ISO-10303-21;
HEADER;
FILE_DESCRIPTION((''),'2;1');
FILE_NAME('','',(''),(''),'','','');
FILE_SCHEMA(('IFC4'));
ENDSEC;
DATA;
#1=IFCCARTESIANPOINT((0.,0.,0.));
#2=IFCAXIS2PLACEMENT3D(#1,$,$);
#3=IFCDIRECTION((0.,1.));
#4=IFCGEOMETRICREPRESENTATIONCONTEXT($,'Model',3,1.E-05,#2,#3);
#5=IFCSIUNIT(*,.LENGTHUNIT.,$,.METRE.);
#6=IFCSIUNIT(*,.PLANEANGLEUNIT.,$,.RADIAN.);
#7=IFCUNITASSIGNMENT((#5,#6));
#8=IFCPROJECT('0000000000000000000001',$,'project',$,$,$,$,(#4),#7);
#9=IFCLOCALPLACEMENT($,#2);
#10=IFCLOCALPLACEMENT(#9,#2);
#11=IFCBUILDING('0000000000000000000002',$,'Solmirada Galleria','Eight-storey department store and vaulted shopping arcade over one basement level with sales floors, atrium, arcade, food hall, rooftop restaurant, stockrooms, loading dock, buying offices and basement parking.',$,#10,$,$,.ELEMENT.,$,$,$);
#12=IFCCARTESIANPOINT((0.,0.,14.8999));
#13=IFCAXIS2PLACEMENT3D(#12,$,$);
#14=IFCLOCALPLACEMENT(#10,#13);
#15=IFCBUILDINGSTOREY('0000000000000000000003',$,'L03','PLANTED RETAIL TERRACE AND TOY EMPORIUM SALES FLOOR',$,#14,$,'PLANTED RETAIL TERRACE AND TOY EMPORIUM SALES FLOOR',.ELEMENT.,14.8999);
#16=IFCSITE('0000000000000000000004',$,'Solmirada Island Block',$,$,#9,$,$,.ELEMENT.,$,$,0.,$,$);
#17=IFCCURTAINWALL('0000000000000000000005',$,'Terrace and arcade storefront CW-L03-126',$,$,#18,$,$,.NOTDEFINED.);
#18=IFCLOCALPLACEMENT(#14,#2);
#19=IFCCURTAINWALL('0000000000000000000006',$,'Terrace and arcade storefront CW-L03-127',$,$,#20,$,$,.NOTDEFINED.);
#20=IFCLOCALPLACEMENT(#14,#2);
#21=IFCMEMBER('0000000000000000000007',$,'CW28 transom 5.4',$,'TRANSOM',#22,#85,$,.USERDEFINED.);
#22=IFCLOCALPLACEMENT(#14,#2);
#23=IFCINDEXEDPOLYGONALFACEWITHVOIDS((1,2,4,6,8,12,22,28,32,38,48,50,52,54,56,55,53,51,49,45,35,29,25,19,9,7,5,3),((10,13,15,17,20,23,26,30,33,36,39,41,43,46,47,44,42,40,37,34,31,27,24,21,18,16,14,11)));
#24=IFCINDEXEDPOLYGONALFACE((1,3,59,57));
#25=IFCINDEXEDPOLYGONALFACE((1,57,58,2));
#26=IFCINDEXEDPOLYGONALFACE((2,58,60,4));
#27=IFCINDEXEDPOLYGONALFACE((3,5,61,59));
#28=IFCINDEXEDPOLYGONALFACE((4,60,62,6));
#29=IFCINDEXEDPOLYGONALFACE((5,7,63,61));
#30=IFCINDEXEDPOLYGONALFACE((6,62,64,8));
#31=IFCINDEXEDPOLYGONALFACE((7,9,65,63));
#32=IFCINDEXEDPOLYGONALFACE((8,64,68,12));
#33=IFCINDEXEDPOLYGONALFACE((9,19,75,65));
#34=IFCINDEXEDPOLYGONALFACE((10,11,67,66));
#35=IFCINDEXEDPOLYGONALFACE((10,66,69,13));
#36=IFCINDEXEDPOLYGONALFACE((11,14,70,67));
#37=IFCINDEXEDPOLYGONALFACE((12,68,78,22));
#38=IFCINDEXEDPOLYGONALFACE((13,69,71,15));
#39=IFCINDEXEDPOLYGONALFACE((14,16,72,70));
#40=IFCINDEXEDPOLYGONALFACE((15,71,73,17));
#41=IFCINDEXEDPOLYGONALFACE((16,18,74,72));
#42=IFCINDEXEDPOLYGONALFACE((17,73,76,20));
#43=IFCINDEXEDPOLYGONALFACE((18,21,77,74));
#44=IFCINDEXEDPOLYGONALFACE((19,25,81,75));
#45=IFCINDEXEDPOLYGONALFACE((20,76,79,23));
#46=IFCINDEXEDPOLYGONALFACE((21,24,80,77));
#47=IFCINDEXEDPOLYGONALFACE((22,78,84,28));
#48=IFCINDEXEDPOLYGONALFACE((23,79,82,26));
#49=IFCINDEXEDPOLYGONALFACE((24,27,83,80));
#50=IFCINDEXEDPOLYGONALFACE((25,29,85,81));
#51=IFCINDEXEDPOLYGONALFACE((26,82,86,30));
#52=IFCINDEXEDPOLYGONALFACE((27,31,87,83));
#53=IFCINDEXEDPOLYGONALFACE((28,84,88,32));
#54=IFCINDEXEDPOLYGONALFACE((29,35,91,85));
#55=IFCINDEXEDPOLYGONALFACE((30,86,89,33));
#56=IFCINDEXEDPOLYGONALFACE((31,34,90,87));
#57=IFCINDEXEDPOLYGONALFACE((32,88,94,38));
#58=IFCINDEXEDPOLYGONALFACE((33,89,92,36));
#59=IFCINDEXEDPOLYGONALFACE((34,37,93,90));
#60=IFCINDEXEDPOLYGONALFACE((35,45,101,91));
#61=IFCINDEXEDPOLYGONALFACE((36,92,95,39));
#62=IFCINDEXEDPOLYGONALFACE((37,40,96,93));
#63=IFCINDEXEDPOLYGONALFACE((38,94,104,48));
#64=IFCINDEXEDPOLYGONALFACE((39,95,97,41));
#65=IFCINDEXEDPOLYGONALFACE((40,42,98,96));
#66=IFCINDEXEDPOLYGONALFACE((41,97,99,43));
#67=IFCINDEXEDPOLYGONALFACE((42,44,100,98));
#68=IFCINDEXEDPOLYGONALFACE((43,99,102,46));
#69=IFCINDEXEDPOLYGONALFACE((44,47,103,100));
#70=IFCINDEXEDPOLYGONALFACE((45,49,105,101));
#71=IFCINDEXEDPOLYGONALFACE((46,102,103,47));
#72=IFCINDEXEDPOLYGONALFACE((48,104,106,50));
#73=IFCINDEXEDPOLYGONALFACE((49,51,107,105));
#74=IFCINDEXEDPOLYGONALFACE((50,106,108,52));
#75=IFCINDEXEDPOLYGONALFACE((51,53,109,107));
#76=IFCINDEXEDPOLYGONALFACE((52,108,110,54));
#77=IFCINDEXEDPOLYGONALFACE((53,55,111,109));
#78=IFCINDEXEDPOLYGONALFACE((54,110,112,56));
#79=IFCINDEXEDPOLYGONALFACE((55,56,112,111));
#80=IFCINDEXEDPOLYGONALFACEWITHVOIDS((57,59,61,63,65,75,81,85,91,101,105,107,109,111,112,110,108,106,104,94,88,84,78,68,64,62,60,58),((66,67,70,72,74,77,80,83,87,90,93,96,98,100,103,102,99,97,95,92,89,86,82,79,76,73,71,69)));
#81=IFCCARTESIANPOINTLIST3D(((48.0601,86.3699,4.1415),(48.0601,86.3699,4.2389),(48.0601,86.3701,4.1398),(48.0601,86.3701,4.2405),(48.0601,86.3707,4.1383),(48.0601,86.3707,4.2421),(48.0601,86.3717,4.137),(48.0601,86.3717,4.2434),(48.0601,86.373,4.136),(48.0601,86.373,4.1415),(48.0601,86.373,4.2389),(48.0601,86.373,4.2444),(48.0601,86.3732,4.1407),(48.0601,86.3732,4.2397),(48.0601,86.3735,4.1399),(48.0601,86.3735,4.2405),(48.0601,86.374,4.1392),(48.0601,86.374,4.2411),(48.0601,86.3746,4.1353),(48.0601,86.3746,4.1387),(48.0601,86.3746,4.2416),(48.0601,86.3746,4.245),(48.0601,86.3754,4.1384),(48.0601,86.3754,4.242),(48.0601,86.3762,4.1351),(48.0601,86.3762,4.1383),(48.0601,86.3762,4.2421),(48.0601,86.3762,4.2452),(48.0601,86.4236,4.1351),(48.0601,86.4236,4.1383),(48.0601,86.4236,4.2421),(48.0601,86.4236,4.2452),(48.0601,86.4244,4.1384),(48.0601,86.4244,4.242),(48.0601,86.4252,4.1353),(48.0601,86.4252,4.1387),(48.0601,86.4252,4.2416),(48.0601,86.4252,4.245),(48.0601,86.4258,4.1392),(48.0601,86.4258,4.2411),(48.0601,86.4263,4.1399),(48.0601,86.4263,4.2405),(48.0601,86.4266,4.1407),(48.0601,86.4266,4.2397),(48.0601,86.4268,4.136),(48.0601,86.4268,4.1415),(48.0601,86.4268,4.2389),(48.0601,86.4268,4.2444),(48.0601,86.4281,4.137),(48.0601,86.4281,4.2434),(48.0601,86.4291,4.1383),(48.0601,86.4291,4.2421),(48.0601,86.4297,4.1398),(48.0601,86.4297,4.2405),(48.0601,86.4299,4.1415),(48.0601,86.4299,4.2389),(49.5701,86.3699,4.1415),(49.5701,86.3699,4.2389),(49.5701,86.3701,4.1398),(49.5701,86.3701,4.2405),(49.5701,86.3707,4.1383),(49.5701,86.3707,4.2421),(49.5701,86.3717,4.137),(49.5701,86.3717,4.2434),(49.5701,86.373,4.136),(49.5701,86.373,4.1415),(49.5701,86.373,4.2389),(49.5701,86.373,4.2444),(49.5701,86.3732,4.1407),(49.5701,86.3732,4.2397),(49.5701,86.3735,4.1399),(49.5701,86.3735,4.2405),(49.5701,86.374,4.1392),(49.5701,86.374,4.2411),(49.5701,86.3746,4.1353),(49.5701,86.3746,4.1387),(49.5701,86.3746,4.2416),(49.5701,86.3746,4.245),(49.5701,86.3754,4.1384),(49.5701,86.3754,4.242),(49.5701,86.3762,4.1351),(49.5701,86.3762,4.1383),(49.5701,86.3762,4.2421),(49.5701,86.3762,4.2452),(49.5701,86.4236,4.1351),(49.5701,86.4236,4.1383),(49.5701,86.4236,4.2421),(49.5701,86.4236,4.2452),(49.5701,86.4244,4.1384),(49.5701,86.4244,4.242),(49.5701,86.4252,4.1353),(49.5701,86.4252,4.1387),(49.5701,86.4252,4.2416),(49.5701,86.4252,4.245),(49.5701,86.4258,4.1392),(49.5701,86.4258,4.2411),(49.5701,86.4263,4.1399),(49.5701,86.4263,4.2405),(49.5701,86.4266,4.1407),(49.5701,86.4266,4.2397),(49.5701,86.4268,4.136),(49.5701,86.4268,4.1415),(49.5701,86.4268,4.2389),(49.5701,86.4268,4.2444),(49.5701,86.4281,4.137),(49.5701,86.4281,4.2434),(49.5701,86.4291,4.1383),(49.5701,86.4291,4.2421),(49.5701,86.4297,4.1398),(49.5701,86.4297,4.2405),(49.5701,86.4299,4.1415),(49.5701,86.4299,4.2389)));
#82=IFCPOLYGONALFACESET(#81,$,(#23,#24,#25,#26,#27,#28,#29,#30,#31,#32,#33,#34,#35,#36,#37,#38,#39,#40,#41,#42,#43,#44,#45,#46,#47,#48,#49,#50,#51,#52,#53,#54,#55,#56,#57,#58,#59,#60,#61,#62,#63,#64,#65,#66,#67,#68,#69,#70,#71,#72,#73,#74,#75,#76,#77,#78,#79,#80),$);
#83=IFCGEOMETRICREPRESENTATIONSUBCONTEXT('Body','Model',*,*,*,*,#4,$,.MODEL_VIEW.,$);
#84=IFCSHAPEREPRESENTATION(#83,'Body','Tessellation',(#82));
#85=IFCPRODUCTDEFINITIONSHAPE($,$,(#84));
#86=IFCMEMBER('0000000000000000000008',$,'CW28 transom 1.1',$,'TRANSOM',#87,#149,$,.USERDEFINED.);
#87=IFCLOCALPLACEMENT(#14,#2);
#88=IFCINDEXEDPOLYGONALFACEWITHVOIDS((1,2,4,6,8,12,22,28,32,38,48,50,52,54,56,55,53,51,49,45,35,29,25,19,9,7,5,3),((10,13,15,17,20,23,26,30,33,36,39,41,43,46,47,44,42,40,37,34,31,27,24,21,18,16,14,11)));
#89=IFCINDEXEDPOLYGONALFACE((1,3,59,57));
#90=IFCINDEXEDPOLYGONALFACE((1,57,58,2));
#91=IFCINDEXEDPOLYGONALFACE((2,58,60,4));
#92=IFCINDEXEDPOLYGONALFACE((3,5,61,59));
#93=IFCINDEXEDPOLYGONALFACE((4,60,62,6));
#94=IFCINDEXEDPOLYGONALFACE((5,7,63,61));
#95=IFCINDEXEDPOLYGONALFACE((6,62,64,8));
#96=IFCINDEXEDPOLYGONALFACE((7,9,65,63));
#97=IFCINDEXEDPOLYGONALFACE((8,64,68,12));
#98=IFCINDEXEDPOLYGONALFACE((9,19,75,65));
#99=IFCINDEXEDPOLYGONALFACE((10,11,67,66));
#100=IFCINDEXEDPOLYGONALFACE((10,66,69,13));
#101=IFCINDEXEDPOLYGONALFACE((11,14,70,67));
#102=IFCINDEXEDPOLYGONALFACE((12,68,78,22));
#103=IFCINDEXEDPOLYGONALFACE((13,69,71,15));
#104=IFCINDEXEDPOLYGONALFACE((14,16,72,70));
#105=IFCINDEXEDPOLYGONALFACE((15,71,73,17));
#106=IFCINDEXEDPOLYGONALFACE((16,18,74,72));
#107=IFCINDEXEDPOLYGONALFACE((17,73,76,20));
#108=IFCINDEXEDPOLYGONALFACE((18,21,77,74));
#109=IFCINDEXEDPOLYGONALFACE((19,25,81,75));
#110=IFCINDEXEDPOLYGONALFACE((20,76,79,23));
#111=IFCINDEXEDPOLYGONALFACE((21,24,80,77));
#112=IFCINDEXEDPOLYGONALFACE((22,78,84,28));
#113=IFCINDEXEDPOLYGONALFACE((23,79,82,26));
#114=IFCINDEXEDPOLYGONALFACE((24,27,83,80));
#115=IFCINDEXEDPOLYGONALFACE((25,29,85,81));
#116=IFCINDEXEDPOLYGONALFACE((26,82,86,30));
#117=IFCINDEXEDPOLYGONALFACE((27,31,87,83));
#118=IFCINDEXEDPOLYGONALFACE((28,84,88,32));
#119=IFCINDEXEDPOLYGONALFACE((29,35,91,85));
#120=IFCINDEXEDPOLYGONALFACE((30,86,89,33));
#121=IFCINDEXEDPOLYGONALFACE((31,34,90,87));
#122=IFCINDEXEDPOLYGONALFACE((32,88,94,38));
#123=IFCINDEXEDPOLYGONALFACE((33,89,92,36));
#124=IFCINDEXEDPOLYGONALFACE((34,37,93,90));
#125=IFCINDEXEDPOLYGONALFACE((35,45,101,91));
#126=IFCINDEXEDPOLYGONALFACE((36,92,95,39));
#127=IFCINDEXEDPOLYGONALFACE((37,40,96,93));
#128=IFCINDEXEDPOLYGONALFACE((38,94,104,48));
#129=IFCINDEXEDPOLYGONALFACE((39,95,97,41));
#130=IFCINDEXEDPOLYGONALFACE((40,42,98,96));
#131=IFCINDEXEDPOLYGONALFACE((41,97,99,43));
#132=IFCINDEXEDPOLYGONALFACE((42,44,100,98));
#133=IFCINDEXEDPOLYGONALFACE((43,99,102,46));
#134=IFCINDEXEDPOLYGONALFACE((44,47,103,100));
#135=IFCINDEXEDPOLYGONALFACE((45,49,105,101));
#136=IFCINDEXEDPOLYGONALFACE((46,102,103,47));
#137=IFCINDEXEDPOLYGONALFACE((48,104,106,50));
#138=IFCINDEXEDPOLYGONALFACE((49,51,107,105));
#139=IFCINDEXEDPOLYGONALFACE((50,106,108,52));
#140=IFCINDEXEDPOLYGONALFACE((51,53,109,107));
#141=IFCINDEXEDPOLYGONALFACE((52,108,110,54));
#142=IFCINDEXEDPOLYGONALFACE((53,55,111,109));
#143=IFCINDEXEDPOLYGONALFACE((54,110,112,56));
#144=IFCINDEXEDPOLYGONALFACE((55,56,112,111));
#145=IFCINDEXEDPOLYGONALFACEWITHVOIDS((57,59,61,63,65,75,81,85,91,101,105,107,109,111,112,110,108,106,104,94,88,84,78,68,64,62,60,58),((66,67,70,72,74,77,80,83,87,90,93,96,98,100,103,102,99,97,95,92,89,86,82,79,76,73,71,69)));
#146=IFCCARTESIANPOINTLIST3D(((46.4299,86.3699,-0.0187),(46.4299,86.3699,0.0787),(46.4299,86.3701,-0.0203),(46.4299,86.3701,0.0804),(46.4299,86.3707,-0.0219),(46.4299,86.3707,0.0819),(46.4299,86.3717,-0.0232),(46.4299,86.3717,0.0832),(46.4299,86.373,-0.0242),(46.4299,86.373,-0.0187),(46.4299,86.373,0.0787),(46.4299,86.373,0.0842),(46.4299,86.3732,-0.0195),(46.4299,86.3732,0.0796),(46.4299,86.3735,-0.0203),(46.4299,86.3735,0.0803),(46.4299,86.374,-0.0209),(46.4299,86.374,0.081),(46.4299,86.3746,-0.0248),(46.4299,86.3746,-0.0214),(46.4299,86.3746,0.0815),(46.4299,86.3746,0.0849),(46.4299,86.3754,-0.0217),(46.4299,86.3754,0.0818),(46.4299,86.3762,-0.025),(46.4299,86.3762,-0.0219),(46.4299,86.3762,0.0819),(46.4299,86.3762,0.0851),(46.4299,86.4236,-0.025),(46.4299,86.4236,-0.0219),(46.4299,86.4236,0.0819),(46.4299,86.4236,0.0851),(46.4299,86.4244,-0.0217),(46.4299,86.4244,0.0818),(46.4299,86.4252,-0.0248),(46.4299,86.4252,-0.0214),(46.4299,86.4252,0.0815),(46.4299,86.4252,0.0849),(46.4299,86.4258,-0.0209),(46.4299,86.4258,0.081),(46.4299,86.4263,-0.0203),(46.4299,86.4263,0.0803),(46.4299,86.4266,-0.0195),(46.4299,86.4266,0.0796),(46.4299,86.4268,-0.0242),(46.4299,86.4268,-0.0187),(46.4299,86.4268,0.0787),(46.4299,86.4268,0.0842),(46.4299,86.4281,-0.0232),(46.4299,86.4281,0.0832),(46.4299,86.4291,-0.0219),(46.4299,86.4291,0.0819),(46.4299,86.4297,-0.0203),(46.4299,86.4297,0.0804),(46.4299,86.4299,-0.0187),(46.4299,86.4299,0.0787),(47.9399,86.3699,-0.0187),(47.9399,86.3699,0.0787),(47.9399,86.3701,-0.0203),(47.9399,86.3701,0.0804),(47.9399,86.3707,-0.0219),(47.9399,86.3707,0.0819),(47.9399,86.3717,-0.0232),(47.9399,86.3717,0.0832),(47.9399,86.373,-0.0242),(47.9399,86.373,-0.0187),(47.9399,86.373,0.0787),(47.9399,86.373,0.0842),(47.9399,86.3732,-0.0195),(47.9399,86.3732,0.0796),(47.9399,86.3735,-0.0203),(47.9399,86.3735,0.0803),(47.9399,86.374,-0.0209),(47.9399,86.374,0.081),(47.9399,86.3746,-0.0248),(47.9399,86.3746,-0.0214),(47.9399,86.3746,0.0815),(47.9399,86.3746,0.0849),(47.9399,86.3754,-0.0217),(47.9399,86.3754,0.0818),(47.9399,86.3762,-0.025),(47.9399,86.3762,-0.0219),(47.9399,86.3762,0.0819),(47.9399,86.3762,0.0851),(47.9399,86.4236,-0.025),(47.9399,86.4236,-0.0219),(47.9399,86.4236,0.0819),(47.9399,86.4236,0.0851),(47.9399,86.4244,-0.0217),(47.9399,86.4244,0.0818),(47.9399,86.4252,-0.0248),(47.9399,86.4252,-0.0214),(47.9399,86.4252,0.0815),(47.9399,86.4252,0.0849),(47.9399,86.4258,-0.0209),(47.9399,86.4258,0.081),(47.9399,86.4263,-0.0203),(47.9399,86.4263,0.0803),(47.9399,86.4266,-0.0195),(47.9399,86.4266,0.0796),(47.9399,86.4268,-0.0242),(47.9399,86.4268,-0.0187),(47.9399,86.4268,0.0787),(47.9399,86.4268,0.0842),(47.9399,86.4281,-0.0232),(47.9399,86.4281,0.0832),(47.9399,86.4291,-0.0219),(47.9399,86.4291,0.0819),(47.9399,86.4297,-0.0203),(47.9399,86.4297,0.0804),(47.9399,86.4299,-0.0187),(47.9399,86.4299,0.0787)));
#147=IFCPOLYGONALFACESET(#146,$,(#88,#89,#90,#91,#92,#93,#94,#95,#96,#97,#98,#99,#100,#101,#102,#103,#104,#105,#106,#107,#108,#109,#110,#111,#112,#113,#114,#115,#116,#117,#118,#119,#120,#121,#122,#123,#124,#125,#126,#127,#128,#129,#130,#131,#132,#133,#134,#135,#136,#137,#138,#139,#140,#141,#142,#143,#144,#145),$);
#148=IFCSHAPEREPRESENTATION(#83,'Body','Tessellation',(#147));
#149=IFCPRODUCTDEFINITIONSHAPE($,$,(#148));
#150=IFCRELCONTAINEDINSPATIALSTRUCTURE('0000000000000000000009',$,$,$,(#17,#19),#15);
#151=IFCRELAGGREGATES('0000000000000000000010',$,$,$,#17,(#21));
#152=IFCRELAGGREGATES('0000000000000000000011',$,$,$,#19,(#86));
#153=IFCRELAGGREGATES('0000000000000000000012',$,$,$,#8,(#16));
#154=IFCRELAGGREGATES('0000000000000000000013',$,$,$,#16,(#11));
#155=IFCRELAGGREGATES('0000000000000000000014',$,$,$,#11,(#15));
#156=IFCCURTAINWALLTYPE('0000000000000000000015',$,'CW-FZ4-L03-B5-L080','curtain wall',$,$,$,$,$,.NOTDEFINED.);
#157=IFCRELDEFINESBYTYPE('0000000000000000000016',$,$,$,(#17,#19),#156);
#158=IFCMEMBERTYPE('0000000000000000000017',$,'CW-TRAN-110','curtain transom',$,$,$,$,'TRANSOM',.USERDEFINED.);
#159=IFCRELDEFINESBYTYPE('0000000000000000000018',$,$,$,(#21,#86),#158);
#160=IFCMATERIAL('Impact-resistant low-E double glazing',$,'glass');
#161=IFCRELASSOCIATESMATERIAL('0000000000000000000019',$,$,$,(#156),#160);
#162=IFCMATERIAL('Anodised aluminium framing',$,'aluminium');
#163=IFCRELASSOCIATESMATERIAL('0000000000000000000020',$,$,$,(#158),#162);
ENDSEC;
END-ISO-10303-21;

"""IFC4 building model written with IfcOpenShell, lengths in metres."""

from ifc_helpers import new_model, si_unit, direction, frame, origin, origin_2d, place, context, subcontext, project, spatial, hollow_rectangle, extrude, material, material_profile, profile_set, type_object, element, aggregate, save


model = new_model("IFC4")

# Units and contexts
model_context = context("Model", 3, precision=1e-05, world=origin(), true_north=direction((0.0, 1.0)))
body_context = subcontext(model_context, "Body", "Model", "MODEL_VIEW")
ifc_project = project(units=[si_unit("LENGTHUNIT", "METRE"), si_unit("PLANEANGLEUNIT", "RADIAN")], contexts=[model_context])

# Site, building, storey
site_placement = place(None, origin())
site = spatial("IfcSite", under=ifc_project, at=site_placement, Name="Solmirada Island Block", CompositionType="ELEMENT", RefElevation=0.0)
building_placement = place(site_placement, origin())
building = spatial("IfcBuilding", under=site, at=building_placement, Name="Solmirada Galleria", Description="Eight-storey department store and vaulted shopping arcade over one basement level with sales floors, atrium, arcade, food hall, rooftop restaurant, stockrooms, loading dock, buying offices and basement parking.", CompositionType="ELEMENT")
storey_placement = place(building_placement, frame((0.0, 0.0, 14.8999)))
storey = spatial("IfcBuildingStorey", under=building, at=storey_placement, Name="L03", Description="PLANTED RETAIL TERRACE AND TOY EMPORIUM SALES FLOOR", LongName="PLANTED RETAIL TERRACE AND TOY EMPORIUM SALES FLOOR", CompositionType="ELEMENT", Elevation=14.8999)

# Curtain walls
ifc_material_1 = material(Name="Impact-resistant low-E double glazing", Category="glass")
curtain_wall_type = type_object("IfcCurtainWallType", Name="CW-FZ4-L03-B5-L080", Description="curtain wall", PredefinedType="NOTDEFINED", material=ifc_material_1)
curtain_wall_1_placement = place(storey_placement, origin())
curtain_wall_1 = element("IfcCurtainWall", 1, at=curtain_wall_1_placement, inside=storey, type_object=curtain_wall_type, Name="Terrace and arcade storefront CW-L03-126", PredefinedType="NOTDEFINED")
ifc_material_2 = material(Name="Anodised aluminium framing", Category="aluminium")
curtain_wall_2_placement = place(storey_placement, origin())
curtain_wall_2 = element("IfcCurtainWall", 2, at=curtain_wall_2_placement, inside=storey, type_object=curtain_wall_type, Name="Terrace and arcade storefront CW-L03-127", PredefinedType="NOTDEFINED")

# Members
ifc_material_profile_1 = material_profile(ifc_material_2, hollow_rectangle(XDim=0.0601, YDim=0.1101, WallThickness=0.0032, InnerFilletRadius=0.0032, OuterFilletRadius=0.0063, at=origin_2d()), Name="ALU-TRAN-110X60")
ifc_profile_set_1 = profile_set([ifc_material_profile_1], Name="Anodised aluminium framing")
member_type_1 = type_object("IfcMemberType", Name="CW-TRAN-110", Description="curtain transom", ElementType="TRANSOM", PredefinedType="USERDEFINED", material=ifc_profile_set_1)
member_1_placement = place(storey_placement, frame((49.5701, 86.3999, 4.1902), z_axis=(-1.0, 0.0, 0.0), x_axis=(0.0, -1.0, 0.0)))
member_1 = element("IfcMember", 3, at=member_1_placement, type_object=member_type_1, Name="CW28 transom 5.4", ObjectType="TRANSOM", PredefinedType="USERDEFINED", context=body_context, shape_type="SweptSolid", body=[
    extrude(hollow_rectangle(XDim=0.0601, YDim=0.1101, WallThickness=0.0032, InnerFilletRadius=0.0032, OuterFilletRadius=0.0063, at=origin_2d()), origin(), (0.0, 0.0, 1.0), 1.51),
])
member_2_placement = place(storey_placement, frame((47.9399, 86.3999, 0.03), z_axis=(-1.0, 0.0, 0.0), x_axis=(0.0, -1.0, 0.0)))
member_2 = element("IfcMember", 4, at=member_2_placement, type_object=member_type_1, Name="CW28 transom 1.1", ObjectType="TRANSOM", PredefinedType="USERDEFINED", context=body_context, shape_type="SweptSolid", body=[
    extrude(hollow_rectangle(XDim=0.0601, YDim=0.1101, WallThickness=0.0032, InnerFilletRadius=0.0032, OuterFilletRadius=0.0063, at=origin_2d()), origin(), (0.0, 0.0, 1.0), 1.51),
])

aggregate(curtain_wall_1, [member_1])
aggregate(curtain_wall_2, [member_2])

save(model, "model.ifc")
